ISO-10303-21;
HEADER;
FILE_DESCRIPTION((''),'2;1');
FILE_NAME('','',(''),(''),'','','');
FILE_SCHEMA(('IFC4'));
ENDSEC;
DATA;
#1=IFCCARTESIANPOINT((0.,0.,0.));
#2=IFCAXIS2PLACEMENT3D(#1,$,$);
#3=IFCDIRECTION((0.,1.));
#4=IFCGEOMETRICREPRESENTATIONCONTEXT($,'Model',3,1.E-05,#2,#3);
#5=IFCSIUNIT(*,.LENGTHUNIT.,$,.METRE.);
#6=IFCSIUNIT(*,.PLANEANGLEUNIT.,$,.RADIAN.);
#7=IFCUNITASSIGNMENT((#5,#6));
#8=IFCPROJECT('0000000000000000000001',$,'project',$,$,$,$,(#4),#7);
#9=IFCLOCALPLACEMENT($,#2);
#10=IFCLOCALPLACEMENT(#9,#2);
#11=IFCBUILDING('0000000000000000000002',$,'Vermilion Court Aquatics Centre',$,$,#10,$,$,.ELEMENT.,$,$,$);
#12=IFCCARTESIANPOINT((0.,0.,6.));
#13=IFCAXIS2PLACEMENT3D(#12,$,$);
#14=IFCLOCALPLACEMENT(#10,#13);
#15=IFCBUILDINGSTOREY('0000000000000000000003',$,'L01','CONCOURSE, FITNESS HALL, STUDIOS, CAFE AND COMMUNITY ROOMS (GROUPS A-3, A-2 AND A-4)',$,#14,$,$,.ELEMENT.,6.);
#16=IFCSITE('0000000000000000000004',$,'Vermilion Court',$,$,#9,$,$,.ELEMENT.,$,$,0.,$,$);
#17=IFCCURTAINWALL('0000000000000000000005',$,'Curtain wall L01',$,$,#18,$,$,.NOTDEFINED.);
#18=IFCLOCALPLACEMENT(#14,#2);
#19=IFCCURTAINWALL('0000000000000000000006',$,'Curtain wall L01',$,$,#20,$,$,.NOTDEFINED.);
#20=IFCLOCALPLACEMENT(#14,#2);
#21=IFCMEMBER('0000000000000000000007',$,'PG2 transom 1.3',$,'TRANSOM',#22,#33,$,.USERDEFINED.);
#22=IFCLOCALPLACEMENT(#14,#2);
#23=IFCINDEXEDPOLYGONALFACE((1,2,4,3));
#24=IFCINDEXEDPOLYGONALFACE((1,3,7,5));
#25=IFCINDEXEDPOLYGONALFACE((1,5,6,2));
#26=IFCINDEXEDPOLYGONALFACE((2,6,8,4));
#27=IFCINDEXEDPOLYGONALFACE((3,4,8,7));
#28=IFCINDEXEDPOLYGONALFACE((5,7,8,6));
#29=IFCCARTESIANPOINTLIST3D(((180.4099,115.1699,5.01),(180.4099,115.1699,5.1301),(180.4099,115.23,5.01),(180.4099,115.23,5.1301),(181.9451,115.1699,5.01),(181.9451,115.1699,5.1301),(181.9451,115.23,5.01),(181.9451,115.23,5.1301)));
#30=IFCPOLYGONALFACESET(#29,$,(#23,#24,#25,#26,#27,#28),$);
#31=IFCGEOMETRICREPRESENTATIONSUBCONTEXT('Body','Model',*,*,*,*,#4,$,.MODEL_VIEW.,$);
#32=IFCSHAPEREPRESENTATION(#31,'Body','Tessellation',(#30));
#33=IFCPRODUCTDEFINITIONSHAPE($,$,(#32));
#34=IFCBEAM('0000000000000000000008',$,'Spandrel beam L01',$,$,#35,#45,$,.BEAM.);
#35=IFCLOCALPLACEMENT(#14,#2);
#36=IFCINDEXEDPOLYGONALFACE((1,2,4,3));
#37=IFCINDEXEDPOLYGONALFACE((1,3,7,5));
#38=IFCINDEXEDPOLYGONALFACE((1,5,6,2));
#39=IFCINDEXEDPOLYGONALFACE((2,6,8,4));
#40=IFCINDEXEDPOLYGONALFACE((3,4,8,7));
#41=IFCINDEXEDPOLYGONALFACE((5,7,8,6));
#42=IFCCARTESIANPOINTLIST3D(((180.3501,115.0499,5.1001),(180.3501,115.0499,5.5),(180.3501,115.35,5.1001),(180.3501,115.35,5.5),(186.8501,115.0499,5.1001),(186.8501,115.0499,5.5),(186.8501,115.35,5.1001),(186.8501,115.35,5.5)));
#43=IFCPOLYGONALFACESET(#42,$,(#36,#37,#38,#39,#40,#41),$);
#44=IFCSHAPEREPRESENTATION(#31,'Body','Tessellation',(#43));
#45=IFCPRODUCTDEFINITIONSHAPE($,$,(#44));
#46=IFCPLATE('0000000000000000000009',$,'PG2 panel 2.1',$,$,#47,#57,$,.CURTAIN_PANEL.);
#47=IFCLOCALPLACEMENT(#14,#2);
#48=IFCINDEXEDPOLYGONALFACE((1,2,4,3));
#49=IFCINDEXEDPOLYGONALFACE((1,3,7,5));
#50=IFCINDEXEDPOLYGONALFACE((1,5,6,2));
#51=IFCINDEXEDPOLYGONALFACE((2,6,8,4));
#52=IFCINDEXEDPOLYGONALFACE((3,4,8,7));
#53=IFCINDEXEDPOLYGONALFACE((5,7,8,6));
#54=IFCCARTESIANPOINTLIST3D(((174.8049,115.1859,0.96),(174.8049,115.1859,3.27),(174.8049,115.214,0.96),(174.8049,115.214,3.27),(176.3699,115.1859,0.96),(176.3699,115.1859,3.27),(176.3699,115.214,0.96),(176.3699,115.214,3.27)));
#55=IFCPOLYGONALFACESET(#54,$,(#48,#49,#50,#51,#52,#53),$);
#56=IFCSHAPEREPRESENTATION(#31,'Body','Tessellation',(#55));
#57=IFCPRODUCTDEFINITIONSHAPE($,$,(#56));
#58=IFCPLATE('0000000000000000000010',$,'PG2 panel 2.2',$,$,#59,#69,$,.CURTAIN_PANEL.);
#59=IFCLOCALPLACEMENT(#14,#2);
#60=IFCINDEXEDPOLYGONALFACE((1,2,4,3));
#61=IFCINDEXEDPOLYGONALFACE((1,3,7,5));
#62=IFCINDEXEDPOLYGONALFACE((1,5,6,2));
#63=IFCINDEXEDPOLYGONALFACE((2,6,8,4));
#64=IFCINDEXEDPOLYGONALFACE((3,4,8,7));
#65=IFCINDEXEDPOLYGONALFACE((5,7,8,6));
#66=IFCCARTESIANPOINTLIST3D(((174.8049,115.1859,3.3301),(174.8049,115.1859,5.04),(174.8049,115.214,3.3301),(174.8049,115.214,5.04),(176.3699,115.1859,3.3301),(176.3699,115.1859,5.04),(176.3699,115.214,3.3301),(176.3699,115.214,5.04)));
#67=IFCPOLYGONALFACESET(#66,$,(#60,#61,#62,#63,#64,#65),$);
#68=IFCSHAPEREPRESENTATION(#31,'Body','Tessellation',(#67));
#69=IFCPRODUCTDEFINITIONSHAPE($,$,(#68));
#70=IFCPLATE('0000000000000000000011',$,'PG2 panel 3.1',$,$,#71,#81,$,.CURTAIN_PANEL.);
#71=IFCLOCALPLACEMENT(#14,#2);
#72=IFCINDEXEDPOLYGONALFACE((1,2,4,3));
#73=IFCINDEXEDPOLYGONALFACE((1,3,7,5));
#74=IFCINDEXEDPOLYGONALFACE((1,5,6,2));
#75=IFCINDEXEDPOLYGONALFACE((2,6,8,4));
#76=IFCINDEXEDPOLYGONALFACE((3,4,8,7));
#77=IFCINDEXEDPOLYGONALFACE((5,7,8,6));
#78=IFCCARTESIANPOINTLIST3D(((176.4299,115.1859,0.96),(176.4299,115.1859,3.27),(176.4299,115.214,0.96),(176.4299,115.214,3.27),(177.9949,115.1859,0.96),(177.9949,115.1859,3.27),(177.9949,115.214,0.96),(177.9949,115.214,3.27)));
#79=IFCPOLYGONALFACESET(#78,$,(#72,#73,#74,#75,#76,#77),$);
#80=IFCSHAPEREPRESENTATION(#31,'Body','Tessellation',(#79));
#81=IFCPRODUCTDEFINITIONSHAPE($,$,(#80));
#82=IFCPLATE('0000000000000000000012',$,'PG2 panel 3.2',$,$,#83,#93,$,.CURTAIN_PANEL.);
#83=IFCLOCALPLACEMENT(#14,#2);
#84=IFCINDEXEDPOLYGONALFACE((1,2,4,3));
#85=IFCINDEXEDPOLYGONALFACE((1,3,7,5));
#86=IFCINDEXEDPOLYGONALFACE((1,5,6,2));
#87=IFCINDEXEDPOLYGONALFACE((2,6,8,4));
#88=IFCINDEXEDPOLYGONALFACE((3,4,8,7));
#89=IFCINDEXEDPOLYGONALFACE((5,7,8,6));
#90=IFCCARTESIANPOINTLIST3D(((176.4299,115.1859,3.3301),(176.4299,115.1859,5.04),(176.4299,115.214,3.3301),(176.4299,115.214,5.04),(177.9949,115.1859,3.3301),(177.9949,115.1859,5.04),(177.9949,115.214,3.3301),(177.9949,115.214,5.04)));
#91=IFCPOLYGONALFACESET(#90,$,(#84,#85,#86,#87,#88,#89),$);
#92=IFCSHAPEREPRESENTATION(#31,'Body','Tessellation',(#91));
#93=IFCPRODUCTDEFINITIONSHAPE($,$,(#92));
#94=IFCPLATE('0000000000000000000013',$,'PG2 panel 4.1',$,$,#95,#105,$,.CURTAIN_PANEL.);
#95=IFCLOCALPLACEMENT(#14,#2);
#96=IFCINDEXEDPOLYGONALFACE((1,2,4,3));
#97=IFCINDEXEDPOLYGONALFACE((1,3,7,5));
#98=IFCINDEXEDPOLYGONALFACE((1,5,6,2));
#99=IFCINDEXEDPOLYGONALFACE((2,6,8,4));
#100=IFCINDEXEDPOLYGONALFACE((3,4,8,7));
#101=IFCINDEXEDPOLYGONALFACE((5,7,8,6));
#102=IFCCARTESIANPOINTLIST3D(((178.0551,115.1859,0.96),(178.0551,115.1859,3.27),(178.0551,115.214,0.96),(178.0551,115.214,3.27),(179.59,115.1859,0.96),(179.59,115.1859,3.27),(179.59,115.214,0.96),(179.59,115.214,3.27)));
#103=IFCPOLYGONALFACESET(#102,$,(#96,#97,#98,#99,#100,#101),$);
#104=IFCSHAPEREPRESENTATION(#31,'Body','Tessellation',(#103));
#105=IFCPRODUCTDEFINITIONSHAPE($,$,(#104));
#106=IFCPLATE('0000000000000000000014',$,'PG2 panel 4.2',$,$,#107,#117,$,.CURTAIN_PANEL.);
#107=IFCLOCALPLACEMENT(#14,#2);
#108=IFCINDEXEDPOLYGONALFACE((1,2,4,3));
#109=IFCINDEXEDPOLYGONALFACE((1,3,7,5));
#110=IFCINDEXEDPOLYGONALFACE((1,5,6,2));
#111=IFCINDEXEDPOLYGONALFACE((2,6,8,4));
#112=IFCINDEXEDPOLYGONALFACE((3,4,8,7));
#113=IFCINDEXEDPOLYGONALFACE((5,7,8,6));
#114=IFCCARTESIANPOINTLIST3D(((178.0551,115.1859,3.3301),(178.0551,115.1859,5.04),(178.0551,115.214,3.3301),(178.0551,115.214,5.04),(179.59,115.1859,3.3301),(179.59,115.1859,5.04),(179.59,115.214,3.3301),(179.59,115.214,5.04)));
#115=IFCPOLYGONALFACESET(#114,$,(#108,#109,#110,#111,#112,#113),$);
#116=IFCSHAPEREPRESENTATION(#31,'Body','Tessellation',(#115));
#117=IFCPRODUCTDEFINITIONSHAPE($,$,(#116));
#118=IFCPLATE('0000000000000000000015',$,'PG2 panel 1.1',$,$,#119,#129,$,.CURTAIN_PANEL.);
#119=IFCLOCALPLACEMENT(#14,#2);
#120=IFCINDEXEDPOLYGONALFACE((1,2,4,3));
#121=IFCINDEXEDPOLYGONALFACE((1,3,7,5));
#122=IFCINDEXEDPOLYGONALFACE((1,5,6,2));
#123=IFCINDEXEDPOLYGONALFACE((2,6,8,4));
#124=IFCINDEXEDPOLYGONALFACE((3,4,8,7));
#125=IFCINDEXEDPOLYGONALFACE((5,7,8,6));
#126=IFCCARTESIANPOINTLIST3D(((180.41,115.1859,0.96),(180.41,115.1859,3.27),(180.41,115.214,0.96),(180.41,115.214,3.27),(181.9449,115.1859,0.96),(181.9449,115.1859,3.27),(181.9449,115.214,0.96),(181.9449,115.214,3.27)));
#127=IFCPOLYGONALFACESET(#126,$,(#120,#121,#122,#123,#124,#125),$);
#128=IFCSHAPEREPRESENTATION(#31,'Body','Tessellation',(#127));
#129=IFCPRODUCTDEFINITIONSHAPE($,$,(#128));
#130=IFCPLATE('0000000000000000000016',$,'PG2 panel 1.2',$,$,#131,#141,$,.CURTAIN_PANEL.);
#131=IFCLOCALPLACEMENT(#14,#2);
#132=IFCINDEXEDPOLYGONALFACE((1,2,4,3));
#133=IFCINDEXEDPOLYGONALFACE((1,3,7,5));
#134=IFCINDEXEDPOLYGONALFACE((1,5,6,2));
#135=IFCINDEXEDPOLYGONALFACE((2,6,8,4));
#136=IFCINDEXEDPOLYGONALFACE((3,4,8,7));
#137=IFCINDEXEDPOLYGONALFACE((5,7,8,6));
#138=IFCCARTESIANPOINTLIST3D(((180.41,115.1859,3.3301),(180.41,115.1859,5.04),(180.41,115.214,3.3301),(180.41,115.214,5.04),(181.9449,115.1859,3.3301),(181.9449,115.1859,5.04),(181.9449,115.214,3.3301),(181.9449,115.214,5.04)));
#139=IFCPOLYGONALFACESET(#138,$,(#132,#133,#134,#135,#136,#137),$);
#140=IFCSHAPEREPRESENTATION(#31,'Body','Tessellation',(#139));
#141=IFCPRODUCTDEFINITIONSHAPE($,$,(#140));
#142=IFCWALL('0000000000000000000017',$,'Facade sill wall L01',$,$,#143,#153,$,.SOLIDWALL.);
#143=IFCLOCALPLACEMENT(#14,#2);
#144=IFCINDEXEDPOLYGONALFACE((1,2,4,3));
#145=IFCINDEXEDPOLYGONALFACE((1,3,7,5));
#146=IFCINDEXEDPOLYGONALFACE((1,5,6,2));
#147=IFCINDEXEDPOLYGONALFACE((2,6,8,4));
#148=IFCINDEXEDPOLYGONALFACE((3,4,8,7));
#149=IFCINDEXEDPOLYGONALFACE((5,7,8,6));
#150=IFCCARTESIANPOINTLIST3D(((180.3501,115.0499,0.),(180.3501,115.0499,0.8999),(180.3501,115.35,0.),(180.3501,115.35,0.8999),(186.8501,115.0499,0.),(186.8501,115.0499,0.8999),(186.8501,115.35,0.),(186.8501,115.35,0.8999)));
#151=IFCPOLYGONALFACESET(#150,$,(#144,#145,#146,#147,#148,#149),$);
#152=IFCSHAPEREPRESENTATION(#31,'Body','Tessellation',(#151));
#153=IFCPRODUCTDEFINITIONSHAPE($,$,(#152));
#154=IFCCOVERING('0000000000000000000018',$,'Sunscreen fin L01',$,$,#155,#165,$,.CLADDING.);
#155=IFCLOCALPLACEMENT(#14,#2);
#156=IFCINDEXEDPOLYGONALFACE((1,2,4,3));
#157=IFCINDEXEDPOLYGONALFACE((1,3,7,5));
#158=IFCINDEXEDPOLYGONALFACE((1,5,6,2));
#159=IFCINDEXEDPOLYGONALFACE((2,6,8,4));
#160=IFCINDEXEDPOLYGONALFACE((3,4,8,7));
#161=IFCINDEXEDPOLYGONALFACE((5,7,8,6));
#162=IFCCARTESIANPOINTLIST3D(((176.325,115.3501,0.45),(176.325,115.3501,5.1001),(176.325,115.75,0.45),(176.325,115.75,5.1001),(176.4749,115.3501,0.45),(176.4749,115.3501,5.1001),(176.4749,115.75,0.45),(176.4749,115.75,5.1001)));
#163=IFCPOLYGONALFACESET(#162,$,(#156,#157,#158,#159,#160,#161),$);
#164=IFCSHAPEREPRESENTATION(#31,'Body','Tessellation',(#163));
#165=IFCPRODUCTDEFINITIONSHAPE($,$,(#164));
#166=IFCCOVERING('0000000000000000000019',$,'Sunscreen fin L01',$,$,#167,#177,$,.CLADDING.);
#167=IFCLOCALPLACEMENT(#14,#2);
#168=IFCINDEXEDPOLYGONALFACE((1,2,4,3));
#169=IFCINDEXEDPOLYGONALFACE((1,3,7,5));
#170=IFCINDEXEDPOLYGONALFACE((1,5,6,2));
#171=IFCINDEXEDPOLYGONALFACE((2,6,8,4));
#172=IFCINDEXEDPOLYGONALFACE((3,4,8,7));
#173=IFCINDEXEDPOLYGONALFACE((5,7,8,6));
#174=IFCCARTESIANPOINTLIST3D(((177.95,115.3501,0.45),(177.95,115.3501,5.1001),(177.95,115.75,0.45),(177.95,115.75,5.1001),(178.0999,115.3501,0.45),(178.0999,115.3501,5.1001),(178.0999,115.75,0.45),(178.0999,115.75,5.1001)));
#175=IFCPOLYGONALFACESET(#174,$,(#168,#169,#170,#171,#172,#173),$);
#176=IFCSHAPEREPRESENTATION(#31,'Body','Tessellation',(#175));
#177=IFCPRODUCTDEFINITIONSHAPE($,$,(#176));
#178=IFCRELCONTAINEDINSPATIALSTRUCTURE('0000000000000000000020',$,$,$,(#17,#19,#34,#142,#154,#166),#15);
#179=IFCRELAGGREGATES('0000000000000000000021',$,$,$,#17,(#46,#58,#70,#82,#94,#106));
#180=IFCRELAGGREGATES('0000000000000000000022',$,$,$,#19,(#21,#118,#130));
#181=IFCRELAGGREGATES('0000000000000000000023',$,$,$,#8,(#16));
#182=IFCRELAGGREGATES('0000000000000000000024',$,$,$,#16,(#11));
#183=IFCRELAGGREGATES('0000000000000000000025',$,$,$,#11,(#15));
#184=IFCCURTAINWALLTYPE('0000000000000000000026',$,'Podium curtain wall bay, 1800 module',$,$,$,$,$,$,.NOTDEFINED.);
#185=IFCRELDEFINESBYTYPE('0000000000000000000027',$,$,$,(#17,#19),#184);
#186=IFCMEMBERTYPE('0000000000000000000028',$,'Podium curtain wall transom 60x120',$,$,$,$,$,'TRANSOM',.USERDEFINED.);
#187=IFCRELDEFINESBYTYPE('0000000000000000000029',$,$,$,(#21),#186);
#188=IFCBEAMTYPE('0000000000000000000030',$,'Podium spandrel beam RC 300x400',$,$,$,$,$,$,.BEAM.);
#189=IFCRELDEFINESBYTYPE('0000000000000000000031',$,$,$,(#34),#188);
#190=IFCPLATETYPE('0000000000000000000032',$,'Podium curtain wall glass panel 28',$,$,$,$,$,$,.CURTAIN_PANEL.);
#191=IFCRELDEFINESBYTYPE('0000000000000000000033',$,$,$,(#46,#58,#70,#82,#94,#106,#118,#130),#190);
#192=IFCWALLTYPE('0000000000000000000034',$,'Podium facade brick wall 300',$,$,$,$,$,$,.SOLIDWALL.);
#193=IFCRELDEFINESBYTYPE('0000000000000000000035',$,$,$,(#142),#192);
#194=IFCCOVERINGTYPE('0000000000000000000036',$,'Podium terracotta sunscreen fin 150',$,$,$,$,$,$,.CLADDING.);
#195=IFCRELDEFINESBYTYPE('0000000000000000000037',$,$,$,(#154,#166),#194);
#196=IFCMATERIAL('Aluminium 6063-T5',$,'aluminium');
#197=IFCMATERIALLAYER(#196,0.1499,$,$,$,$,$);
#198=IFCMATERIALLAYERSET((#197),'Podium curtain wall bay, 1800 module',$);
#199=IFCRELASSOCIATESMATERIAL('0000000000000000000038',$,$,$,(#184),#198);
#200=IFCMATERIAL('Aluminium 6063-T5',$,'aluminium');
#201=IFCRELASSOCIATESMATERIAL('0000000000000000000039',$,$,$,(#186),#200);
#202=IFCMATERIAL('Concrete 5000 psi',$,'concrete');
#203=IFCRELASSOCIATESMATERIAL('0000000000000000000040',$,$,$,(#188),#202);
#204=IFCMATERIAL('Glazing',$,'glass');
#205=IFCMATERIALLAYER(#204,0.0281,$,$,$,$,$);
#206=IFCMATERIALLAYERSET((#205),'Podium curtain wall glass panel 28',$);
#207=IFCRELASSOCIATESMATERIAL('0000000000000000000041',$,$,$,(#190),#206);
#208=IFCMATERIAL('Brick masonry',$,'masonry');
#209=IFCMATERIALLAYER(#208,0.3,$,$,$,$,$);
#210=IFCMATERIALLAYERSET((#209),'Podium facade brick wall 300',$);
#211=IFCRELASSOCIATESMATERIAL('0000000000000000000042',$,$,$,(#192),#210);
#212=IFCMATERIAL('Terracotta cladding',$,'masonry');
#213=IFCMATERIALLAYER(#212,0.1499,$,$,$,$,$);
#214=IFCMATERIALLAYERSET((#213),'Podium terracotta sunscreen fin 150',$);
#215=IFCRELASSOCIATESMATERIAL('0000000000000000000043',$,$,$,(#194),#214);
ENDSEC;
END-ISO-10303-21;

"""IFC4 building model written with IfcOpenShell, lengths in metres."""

from ifc_helpers import new_model, si_unit, direction, frame, frame_2d, origin, origin_2d, place, context, subcontext, project, spatial, rectangle, extrude, material, layer, layer_set, material_profile, profile_set, type_object, element, aggregate, save


model = new_model("IFC4")

# Units and contexts
model_context = context("Model", 3, precision=1e-05, world=origin(), true_north=direction((0.0, 1.0)))
body_context = subcontext(model_context, "Body", "Model", "MODEL_VIEW")
ifc_project = project(units=[si_unit("LENGTHUNIT", "METRE"), si_unit("PLANEANGLEUNIT", "RADIAN")], contexts=[model_context])

# Site, building, storey
site_placement = place(None, origin())
site = spatial("IfcSite", under=ifc_project, at=site_placement, Name="Vermilion Court", CompositionType="ELEMENT", RefElevation=0.0)
building_placement = place(site_placement, origin())
building = spatial("IfcBuilding", under=site, at=building_placement, Name="Vermilion Court Aquatics Centre", CompositionType="ELEMENT")
storey_placement = place(building_placement, frame((0.0, 0.0, 6.0)))
storey = spatial("IfcBuildingStorey", under=building, at=storey_placement, Name="L01", Description="CONCOURSE, FITNESS HALL, STUDIOS, CAFE AND COMMUNITY ROOMS (GROUPS A-3, A-2 AND A-4)", CompositionType="ELEMENT", Elevation=6.0)

# Curtain walls
ifc_material_1 = material(Name="Aluminium 6063-T5", Category="aluminium")
ifc_layer_1 = layer(ifc_material_1, 0.1499)
ifc_layer_set_1 = layer_set([ifc_layer_1], Name="Podium curtain wall bay, 1800 module")
curtain_wall_type = type_object("IfcCurtainWallType", Name="Podium curtain wall bay, 1800 module", PredefinedType="NOTDEFINED", material=ifc_layer_set_1)
curtain_wall_1_placement = place(storey_placement, origin())
curtain_wall_1 = element("IfcCurtainWall", 1, at=curtain_wall_1_placement, inside=storey, type_object=curtain_wall_type, Name="Curtain wall L01", PredefinedType="NOTDEFINED")
curtain_wall_2_placement = place(storey_placement, origin())
curtain_wall_2 = element("IfcCurtainWall", 2, at=curtain_wall_2_placement, inside=storey, type_object=curtain_wall_type, Name="Curtain wall L01", PredefinedType="NOTDEFINED")

# Member
ifc_material_2 = material(Name="Aluminium 6063-T5", Category="aluminium")
ifc_material_profile_1 = material_profile(ifc_material_2, rectangle(XDim=0.0601, YDim=0.1201, at=origin_2d()), Name="Transom 60x120")
ifc_profile_set_1 = profile_set([ifc_material_profile_1], Name="Aluminium 6063-T5")
member_type_1 = type_object("IfcMemberType", Name="Podium curtain wall transom 60x120", ElementType="TRANSOM", PredefinedType="USERDEFINED", material=ifc_profile_set_1)
member_1_placement = place(storey_placement, frame((180.4099, 115.2, 5.0701), z_axis=(1.0, 0.0, 0.0), x_axis=(0.0, 1.0, 0.0)))
member_1 = element("IfcMember", 3, at=member_1_placement, type_object=member_type_1, Name="PG2 transom 1.3", ObjectType="TRANSOM", PredefinedType="USERDEFINED", context=body_context, shape_type="SweptSolid", body=[
    extrude(rectangle(XDim=0.0601, YDim=0.1201, at=origin_2d()), origin(), (0.0, 0.0, 1.0), 1.5352),
])

# Beam
ifc_material_3 = material(Name="Concrete 5000 psi", Category="concrete")
ifc_material_profile_2 = material_profile(ifc_material_3, rectangle(XDim=0.3, YDim=0.3999, at=origin_2d()), Name="RC 300x400")
ifc_profile_set_2 = profile_set([ifc_material_profile_2], Name="Concrete 5000 psi")
beam_type = type_object("IfcBeamType", Name="Podium spandrel beam RC 300x400", PredefinedType="BEAM", material=ifc_profile_set_2)
beam_placement = place(storey_placement, frame((180.3501, 115.2, 5.3), z_axis=(1.0, 0.0, 0.0), x_axis=(0.0, 1.0, 0.0)))
element("IfcBeam", 4, at=beam_placement, inside=storey, type_object=beam_type, Name="Spandrel beam L01", PredefinedType="BEAM", context=body_context, shape_type="SweptSolid", body=[
    extrude(rectangle(XDim=0.3, YDim=0.3999, at=origin_2d()), origin(), (0.0, 0.0, 1.0), 6.5),
])

# Plates
ifc_material_4 = material(Name="Glazing", Category="glass")
ifc_layer_2 = layer(ifc_material_4, 0.0281)
ifc_layer_set_2 = layer_set([ifc_layer_2], Name="Podium curtain wall glass panel 28")
plate_type = type_object("IfcPlateType", Name="Podium curtain wall glass panel 28", PredefinedType="CURTAIN_PANEL", material=ifc_layer_set_2)
plate_1_placement = place(storey_placement, frame((175.5874, 115.2, 0.96), z_axis=(0.0, 0.0, 1.0), x_axis=(1.0, 0.0, 0.0)))
plate_1 = element("IfcPlate", 5, at=plate_1_placement, type_object=plate_type, Name="PG2 panel 2.1", PredefinedType="CURTAIN_PANEL", context=body_context, shape_type="SweptSolid", body=[
    extrude(rectangle(XDim=1.5649, YDim=0.0281, at=origin_2d()), origin(), (0.0, 0.0, 1.0), 2.3101),
])
plate_2_placement = place(storey_placement, frame((175.5874, 115.2, 3.3301), z_axis=(0.0, 0.0, 1.0), x_axis=(1.0, 0.0, 0.0)))
plate_2 = element("IfcPlate", 6, at=plate_2_placement, type_object=plate_type, Name="PG2 panel 2.2", PredefinedType="CURTAIN_PANEL", context=body_context, shape_type="SweptSolid", body=[
    extrude(rectangle(XDim=1.5649, YDim=0.0281, at=origin_2d()), origin(), (0.0, 0.0, 1.0), 1.71),
])
plate_3_placement = place(storey_placement, frame((177.2124, 115.2, 0.96), z_axis=(0.0, 0.0, 1.0), x_axis=(1.0, 0.0, 0.0)))
plate_3 = element("IfcPlate", 7, at=plate_3_placement, type_object=plate_type, Name="PG2 panel 3.1", PredefinedType="CURTAIN_PANEL", context=body_context, shape_type="SweptSolid", body=[
    extrude(rectangle(XDim=1.5649, YDim=0.0281, at=origin_2d()), origin(), (0.0, 0.0, 1.0), 2.3101),
])
plate_4_placement = place(storey_placement, frame((177.2124, 115.2, 3.3301), z_axis=(0.0, 0.0, 1.0), x_axis=(1.0, 0.0, 0.0)))
plate_4 = element("IfcPlate", 8, at=plate_4_placement, type_object=plate_type, Name="PG2 panel 3.2", PredefinedType="CURTAIN_PANEL", context=body_context, shape_type="SweptSolid", body=[
    extrude(rectangle(XDim=1.5649, YDim=0.0281, at=origin_2d()), origin(), (0.0, 0.0, 1.0), 1.71),
])
plate_5_placement = place(storey_placement, frame((178.8225, 115.2, 0.96), z_axis=(0.0, 0.0, 1.0), x_axis=(1.0, 0.0, 0.0)))
plate_5 = element("IfcPlate", 9, at=plate_5_placement, type_object=plate_type, Name="PG2 panel 4.1", PredefinedType="CURTAIN_PANEL", context=body_context, shape_type="SweptSolid", body=[
    extrude(rectangle(XDim=1.5349, YDim=0.0281, at=origin_2d()), origin(), (0.0, 0.0, 1.0), 2.3101),
])
plate_6_placement = place(storey_placement, frame((178.8225, 115.2, 3.3301), z_axis=(0.0, 0.0, 1.0), x_axis=(1.0, 0.0, 0.0)))
plate_6 = element("IfcPlate", 10, at=plate_6_placement, type_object=plate_type, Name="PG2 panel 4.2", PredefinedType="CURTAIN_PANEL", context=body_context, shape_type="SweptSolid", body=[
    extrude(rectangle(XDim=1.5349, YDim=0.0281, at=origin_2d()), origin(), (0.0, 0.0, 1.0), 1.71),
])
aggregate(curtain_wall_1, [plate_1, plate_2, plate_3, plate_4, plate_5, plate_6])
plate_7_placement = place(storey_placement, frame((181.1775, 115.2, 0.96), z_axis=(0.0, 0.0, 1.0), x_axis=(1.0, 0.0, 0.0)))
plate_7 = element("IfcPlate", 11, at=plate_7_placement, type_object=plate_type, Name="PG2 panel 1.1", PredefinedType="CURTAIN_PANEL", context=body_context, shape_type="SweptSolid", body=[
    extrude(rectangle(XDim=1.5349, YDim=0.0281, at=origin_2d()), origin(), (0.0, 0.0, 1.0), 2.3101),
])
plate_8_placement = place(storey_placement, frame((181.1775, 115.2, 3.3301), z_axis=(0.0, 0.0, 1.0), x_axis=(1.0, 0.0, 0.0)))
plate_8 = element("IfcPlate", 12, at=plate_8_placement, type_object=plate_type, Name="PG2 panel 1.2", PredefinedType="CURTAIN_PANEL", context=body_context, shape_type="SweptSolid", body=[
    extrude(rectangle(XDim=1.5349, YDim=0.0281, at=origin_2d()), origin(), (0.0, 0.0, 1.0), 1.71),
])
aggregate(curtain_wall_2, [member_1, plate_7, plate_8])

# Wall
ifc_material_5 = material(Name="Brick masonry", Category="masonry")
ifc_layer_3 = layer(ifc_material_5, 0.3)
ifc_layer_set_3 = layer_set([ifc_layer_3], Name="Podium facade brick wall 300")
wall_type = type_object("IfcWallType", Name="Podium facade brick wall 300", PredefinedType="SOLIDWALL", material=ifc_layer_set_3)
wall_placement = place(storey_placement, frame((180.3501, 115.2, 0.0), z_axis=(0.0, 0.0, 1.0), x_axis=(1.0, 0.0, 0.0)))
element("IfcWall", 13, at=wall_placement, inside=storey, type_object=wall_type, Name="Facade sill wall L01", PredefinedType="SOLIDWALL", context=body_context, shape_type="SweptSolid", body=[
    extrude(rectangle(XDim=6.5, YDim=0.3, at=frame_2d((3.25, 0.0))), origin(), (0.0, 0.0, 1.0), 0.8999),
])

# Coverings
ifc_material_6 = material(Name="Terracotta cladding", Category="masonry")
ifc_layer_4 = layer(ifc_material_6, 0.1499)
ifc_layer_set_4 = layer_set([ifc_layer_4], Name="Podium terracotta sunscreen fin 150")
covering_type = type_object("IfcCoveringType", Name="Podium terracotta sunscreen fin 150", PredefinedType="CLADDING", material=ifc_layer_set_4)
for number, where, z_axis, x_axis, name in (
    (14, (176.3999, 115.3501, 0.45), (0.0, 0.0, 1.0), (0.0, 1.0, 0.0), "Sunscreen fin L01"),
    (15, (178.0249, 115.3501, 0.45), (0.0, 0.0, 1.0), (0.0, 1.0, 0.0), "Sunscreen fin L01"),
):
    element("IfcCovering", number, at=place(storey_placement, frame(where, z_axis=z_axis, x_axis=x_axis)), inside=storey, type_object=covering_type, Name=name, PredefinedType="CLADDING", context=body_context, shape_type="SweptSolid", body=[
        extrude(rectangle(XDim=0.3999, YDim=0.1499, at=frame_2d((0.2, 0.0))), origin(), (0.0, 0.0, 1.0), 4.6501),
    ])

save(model, "model.ifc")
